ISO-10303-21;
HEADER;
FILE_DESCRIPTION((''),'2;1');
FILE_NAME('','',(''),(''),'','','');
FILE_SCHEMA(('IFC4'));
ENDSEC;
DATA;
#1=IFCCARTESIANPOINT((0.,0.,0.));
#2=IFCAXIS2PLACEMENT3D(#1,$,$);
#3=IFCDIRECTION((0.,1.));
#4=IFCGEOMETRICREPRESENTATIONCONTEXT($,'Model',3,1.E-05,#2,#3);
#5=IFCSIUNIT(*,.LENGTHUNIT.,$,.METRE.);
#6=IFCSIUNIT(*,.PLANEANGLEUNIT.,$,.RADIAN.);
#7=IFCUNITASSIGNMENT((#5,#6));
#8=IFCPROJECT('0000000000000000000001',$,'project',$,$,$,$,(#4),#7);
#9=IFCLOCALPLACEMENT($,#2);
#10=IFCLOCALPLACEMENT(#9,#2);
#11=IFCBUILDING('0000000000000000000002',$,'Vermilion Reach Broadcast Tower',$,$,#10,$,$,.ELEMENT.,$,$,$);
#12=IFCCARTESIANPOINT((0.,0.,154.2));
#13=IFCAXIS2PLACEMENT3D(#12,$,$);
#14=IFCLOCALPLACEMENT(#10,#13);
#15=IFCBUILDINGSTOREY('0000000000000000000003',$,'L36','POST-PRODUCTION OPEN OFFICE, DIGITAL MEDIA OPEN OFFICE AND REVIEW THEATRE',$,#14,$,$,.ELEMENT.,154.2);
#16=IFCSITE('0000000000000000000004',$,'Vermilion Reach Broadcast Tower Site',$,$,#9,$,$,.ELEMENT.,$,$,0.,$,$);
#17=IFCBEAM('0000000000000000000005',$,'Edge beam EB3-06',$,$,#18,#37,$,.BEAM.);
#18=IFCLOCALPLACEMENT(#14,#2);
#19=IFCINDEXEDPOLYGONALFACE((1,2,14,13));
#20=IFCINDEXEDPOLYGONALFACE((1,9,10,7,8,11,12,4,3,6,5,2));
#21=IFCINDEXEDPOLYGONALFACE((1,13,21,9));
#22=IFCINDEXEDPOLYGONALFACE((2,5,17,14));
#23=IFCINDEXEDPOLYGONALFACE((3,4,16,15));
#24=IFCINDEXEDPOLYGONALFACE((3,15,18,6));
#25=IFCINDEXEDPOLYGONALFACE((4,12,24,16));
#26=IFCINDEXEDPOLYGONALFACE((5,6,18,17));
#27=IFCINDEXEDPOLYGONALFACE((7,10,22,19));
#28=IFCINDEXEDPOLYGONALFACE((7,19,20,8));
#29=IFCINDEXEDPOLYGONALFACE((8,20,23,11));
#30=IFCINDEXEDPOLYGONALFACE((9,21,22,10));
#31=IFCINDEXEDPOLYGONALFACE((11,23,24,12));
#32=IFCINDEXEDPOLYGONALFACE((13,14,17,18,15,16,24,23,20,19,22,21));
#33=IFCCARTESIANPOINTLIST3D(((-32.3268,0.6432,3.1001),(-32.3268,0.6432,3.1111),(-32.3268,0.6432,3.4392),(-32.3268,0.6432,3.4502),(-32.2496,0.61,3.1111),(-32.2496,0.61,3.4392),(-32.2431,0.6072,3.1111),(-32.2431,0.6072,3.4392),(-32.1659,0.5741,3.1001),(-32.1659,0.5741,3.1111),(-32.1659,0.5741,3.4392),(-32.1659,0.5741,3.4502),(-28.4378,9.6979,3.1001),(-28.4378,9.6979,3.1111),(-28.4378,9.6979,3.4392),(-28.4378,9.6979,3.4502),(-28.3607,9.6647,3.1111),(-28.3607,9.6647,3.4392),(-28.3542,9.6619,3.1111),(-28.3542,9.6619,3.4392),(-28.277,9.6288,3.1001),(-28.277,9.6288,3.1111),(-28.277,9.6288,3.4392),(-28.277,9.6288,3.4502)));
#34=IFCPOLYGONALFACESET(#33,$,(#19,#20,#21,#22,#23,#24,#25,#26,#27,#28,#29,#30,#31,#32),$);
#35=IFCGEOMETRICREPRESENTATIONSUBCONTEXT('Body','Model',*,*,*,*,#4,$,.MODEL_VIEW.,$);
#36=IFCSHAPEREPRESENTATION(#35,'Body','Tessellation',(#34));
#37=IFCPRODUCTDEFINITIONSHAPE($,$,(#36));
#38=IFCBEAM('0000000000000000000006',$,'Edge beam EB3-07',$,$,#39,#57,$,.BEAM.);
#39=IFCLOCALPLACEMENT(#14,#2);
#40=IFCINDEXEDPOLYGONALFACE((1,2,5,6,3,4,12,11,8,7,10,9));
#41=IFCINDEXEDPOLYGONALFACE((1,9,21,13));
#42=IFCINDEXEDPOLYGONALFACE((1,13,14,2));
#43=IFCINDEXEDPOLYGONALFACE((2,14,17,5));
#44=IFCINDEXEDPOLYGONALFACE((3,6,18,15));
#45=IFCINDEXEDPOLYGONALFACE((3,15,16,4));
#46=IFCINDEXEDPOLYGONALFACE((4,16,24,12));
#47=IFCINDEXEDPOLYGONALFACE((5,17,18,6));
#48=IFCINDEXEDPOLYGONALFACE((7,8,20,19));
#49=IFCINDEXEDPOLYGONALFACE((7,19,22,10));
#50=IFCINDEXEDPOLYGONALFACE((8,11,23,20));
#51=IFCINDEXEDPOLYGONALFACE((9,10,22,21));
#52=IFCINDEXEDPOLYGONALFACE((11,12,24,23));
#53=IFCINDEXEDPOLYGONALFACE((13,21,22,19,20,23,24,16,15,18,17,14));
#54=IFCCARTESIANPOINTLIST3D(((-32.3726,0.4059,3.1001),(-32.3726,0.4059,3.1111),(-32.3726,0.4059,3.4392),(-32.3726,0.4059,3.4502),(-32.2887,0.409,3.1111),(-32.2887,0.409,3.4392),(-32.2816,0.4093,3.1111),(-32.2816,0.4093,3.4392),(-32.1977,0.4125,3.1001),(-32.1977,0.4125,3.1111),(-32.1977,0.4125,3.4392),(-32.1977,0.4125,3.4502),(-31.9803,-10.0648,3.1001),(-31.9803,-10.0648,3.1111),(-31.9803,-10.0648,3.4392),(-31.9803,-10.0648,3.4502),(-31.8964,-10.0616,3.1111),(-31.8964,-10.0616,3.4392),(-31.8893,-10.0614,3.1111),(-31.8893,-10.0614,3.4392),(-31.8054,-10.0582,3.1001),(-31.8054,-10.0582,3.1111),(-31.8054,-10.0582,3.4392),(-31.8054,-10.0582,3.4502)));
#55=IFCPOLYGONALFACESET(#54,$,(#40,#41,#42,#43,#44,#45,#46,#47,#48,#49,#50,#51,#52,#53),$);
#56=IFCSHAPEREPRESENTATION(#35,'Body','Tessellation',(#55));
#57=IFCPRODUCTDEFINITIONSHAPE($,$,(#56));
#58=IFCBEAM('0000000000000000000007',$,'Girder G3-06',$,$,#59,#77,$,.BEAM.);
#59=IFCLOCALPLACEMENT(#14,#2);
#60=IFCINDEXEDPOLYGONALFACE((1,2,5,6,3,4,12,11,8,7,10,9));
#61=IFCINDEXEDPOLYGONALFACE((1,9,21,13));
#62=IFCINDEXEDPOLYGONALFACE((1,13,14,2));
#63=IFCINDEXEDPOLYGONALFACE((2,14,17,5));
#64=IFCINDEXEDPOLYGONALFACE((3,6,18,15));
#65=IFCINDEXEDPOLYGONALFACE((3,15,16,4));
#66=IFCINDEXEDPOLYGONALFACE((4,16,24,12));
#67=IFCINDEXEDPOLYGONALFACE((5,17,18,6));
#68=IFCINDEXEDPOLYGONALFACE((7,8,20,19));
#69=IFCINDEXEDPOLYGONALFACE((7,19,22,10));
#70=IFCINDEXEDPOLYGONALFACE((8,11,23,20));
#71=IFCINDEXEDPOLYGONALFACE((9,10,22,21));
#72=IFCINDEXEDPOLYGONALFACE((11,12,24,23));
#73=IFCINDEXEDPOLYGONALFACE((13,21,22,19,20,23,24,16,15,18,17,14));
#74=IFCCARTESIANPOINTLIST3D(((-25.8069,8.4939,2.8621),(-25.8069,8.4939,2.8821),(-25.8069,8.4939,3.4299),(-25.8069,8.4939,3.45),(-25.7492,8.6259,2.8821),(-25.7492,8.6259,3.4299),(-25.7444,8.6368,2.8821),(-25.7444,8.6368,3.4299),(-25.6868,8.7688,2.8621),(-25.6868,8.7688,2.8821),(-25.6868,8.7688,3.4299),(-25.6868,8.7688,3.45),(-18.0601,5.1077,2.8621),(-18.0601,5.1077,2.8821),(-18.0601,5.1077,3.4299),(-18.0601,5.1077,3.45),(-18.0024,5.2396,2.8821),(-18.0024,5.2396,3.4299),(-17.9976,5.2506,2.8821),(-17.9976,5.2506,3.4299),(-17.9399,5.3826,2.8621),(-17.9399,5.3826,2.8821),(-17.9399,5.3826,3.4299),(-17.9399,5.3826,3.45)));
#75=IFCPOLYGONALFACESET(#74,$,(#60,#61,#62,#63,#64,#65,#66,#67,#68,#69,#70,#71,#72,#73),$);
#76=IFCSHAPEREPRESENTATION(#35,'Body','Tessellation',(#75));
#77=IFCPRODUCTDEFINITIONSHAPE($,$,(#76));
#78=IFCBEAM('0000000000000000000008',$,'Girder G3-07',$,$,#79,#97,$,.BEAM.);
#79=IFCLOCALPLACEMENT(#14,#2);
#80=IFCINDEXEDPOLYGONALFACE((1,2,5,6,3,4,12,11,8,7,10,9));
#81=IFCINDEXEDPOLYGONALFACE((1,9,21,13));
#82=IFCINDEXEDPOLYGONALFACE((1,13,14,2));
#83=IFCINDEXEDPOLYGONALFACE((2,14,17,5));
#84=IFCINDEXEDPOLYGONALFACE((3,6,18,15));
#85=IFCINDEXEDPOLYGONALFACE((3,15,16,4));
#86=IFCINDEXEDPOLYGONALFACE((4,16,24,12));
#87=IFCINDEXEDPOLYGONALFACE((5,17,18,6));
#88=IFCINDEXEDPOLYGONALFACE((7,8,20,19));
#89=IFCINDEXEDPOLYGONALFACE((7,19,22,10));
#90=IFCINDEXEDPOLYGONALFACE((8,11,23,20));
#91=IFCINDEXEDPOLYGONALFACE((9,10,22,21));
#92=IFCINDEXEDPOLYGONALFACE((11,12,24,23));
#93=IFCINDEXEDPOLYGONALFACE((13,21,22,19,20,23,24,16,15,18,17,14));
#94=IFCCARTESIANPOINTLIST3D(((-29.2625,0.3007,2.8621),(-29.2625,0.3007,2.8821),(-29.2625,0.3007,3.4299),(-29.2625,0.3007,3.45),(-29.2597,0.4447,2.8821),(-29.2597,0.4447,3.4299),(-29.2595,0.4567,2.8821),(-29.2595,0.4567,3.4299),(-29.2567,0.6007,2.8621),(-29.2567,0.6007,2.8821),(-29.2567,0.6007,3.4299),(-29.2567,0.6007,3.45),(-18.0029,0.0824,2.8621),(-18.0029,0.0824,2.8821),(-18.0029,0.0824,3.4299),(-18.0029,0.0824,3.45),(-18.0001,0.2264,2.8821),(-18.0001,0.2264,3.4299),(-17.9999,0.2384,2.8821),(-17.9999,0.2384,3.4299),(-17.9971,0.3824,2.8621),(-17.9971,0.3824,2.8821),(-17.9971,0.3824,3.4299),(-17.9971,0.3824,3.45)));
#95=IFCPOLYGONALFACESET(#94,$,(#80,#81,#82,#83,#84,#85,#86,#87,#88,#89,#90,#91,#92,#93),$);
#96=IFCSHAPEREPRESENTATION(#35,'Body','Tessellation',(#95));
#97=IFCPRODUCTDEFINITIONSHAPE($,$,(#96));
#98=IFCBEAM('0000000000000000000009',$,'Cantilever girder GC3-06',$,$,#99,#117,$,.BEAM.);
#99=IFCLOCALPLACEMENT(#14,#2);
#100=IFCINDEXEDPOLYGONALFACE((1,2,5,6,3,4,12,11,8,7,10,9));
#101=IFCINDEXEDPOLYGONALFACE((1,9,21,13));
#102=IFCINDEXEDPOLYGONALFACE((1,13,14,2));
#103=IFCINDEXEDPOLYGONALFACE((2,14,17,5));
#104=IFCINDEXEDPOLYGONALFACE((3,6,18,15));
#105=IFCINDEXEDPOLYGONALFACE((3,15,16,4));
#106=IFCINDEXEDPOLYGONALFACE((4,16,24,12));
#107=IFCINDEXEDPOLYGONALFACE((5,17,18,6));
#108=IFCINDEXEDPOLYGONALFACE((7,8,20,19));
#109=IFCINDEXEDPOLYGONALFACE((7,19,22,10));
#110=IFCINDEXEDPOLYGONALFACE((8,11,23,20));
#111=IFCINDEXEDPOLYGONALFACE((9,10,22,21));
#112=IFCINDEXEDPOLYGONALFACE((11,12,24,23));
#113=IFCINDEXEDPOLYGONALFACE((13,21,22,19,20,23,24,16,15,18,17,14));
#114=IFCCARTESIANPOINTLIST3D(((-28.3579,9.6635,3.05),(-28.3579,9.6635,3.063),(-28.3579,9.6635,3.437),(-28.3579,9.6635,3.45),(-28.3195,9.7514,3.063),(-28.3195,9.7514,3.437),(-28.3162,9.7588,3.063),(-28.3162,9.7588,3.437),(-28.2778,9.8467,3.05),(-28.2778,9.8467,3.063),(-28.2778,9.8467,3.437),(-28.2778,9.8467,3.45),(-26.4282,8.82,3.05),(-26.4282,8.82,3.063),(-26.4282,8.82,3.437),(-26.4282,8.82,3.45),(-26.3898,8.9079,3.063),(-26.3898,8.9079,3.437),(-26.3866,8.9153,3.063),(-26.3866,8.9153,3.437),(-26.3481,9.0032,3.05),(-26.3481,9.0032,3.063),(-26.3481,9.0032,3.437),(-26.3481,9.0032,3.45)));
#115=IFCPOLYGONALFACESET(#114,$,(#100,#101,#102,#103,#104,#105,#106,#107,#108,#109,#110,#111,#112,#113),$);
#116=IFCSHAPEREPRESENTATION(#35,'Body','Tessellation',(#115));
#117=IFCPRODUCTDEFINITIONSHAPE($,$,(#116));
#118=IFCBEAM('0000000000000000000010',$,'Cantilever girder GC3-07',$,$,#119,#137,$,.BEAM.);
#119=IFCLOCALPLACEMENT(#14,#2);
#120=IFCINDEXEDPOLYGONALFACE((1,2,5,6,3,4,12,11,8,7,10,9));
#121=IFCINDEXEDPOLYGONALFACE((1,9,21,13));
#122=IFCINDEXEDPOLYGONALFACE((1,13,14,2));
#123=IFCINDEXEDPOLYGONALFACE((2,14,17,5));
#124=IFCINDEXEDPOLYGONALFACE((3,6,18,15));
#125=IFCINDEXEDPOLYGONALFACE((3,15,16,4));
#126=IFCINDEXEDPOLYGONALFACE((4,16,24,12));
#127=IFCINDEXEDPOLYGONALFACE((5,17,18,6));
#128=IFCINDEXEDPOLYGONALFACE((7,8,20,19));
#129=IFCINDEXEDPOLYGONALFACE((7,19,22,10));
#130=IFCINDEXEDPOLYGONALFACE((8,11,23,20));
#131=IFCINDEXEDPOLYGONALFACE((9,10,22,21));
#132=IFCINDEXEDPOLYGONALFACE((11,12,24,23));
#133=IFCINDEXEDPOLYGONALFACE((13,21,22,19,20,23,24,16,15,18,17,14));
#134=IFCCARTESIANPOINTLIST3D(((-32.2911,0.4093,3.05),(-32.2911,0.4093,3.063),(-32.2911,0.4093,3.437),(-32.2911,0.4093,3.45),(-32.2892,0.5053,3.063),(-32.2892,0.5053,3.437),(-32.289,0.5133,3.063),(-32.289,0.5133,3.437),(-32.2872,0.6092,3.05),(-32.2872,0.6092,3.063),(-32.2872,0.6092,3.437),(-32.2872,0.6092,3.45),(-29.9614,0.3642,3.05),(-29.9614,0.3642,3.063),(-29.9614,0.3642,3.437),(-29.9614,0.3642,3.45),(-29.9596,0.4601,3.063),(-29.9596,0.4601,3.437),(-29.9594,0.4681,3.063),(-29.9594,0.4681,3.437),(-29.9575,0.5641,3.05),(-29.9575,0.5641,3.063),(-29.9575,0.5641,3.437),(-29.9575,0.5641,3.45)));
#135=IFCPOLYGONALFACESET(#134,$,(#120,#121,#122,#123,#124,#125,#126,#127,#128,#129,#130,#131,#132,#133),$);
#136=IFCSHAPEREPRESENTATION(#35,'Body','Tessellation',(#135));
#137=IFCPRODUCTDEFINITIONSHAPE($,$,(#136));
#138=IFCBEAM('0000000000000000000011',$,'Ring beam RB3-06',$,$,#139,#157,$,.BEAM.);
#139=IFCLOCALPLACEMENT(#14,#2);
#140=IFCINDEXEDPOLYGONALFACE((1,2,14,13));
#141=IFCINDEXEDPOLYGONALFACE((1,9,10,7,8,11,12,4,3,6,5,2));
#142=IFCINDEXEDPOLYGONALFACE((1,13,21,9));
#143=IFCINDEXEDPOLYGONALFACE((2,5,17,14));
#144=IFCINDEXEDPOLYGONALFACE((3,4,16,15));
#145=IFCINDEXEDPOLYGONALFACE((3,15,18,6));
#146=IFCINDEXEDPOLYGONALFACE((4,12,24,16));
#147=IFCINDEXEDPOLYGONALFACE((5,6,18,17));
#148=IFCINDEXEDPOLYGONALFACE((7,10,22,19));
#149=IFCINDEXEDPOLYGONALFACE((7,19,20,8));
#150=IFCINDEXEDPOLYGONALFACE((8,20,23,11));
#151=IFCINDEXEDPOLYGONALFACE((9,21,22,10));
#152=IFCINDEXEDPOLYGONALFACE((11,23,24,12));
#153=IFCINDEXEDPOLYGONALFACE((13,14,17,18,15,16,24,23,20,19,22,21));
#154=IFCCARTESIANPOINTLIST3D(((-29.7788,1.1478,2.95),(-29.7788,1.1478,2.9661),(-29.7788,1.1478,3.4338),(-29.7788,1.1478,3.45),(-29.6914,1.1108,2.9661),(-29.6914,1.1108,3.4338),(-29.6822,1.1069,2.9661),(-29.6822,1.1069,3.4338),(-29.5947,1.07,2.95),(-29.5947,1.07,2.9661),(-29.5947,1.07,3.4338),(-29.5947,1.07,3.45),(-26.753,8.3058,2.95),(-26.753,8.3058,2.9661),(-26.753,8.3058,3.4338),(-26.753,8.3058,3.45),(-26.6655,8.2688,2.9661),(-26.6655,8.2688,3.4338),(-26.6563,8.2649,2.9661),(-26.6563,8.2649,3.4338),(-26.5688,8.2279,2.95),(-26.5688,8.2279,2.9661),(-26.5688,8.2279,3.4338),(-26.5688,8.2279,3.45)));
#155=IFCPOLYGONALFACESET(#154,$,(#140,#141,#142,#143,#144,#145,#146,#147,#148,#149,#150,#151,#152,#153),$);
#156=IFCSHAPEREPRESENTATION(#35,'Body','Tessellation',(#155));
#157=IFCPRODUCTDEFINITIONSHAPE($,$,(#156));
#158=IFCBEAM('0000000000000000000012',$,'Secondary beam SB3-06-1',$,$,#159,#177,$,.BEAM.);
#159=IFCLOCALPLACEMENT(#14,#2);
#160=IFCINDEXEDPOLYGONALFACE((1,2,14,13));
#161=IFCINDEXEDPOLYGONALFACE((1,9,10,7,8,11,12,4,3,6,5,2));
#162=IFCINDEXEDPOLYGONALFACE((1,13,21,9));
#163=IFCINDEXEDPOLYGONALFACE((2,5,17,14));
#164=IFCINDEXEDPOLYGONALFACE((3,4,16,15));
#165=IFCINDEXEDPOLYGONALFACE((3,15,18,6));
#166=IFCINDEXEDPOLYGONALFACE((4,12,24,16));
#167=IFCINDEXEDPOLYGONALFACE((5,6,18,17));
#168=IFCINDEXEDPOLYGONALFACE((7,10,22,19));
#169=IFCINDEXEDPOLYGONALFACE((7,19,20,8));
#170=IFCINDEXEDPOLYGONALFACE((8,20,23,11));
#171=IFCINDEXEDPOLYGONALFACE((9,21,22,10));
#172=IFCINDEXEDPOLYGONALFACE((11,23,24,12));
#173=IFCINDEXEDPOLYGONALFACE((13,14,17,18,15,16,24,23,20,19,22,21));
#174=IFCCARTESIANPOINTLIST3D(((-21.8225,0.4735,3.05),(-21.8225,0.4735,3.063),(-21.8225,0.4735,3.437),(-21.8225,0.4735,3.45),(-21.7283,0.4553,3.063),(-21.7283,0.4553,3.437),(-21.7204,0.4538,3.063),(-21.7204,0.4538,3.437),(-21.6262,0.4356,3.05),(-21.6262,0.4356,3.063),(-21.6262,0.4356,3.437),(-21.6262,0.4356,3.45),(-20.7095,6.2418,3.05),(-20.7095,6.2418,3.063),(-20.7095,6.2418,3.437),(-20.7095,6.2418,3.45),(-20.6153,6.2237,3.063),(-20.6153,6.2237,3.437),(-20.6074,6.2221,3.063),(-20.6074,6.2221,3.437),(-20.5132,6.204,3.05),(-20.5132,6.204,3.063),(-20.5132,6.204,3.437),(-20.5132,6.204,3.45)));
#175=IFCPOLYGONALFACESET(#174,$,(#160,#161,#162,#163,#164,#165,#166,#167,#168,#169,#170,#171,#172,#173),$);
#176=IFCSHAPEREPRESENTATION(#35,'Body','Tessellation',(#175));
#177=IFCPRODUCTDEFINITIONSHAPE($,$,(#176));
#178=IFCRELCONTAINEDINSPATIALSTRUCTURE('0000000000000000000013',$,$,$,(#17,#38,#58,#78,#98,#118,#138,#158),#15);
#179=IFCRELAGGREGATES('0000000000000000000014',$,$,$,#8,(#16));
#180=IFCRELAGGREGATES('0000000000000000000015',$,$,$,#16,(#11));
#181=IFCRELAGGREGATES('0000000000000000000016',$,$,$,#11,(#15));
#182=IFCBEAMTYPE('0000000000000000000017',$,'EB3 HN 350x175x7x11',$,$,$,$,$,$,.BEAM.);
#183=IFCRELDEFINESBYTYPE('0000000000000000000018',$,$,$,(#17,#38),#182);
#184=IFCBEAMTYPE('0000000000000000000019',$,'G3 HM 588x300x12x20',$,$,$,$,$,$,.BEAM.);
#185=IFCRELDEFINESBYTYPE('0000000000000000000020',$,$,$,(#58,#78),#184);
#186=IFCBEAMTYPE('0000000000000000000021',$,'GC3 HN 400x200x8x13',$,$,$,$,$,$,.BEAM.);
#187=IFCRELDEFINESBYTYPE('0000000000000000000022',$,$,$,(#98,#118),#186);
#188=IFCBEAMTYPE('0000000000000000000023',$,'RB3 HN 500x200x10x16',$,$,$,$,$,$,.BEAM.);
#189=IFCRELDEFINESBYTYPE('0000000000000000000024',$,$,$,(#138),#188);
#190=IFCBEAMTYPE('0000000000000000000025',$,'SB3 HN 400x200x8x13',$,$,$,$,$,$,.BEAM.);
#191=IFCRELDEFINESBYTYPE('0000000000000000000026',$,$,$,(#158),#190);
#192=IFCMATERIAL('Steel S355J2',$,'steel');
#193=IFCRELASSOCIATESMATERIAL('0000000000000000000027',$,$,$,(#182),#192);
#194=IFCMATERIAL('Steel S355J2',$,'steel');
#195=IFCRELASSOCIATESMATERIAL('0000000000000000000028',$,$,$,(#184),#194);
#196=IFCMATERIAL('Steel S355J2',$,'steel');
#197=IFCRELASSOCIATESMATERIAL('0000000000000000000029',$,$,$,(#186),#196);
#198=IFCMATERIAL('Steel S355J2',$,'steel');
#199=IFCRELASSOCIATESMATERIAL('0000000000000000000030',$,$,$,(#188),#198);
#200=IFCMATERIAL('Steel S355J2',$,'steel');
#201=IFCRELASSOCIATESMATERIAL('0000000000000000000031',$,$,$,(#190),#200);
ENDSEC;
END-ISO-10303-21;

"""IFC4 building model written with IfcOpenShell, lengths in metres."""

from ifc_helpers import new_model, si_unit, direction, frame, origin, origin_2d, place, context, subcontext, project, spatial, i_section, extrude, material, material_profile, profile_set, type_object, element, save


model = new_model("IFC4")

# Units and contexts
model_context = context("Model", 3, precision=1e-05, world=origin(), true_north=direction((0.0, 1.0)))
body_context = subcontext(model_context, "Body", "Model", "MODEL_VIEW")
ifc_project = project(units=[si_unit("LENGTHUNIT", "METRE"), si_unit("PLANEANGLEUNIT", "RADIAN")], contexts=[model_context])

# Site, building, storey
site_placement = place(None, origin())
site = spatial("IfcSite", under=ifc_project, at=site_placement, Name="Vermilion Reach Broadcast Tower Site", CompositionType="ELEMENT", RefElevation=0.0)
building_placement = place(site_placement, origin())
building = spatial("IfcBuilding", under=site, at=building_placement, Name="Vermilion Reach Broadcast Tower", CompositionType="ELEMENT")
storey_placement = place(building_placement, frame((0.0, 0.0, 154.2)))
storey = spatial("IfcBuildingStorey", under=building, at=storey_placement, Name="L36", Description="POST-PRODUCTION OPEN OFFICE, DIGITAL MEDIA OPEN OFFICE AND REVIEW THEATRE", CompositionType="ELEMENT", Elevation=154.2)

# Beams
ifc_material_1 = material(Name="Steel S355J2", Category="steel")
ifc_material_profile_1 = material_profile(ifc_material_1, i_section(OverallWidth=0.175, OverallDepth=0.3501, WebThickness=0.0071, FlangeThickness=0.011, at=origin_2d()), Name="S355J2 HN 350x175x7x11")
ifc_profile_set_1 = profile_set([ifc_material_profile_1], Name="Steel S355J2")
beam_type_1 = type_object("IfcBeamType", Name="EB3 HN 350x175x7x11", PredefinedType="BEAM", material=ifc_profile_set_1)
beam_1_placement = place(storey_placement, frame((-28.3574, 9.6633, 3.2751), z_axis=(-0.394634, -0.918838, 0.0), x_axis=(0.918838, -0.394634, 0.0)))
element("IfcBeam", 1, at=beam_1_placement, inside=storey, type_object=beam_type_1, Name="Edge beam EB3-06", PredefinedType="BEAM", context=body_context, shape_type="SweptSolid", body=[
    extrude(i_section(OverallWidth=0.175, OverallDepth=0.3501, WebThickness=0.0071, FlangeThickness=0.011, at=origin_2d()), origin(), (0.0, 0.0, 1.0), 9.8545),
])
beam_2_placement = place(storey_placement, frame((-32.2852, 0.4092, 3.2751), z_axis=(0.037443, -0.999299, 0.0), x_axis=(0.999299, 0.037443, 0.0)))
element("IfcBeam", 2, at=beam_2_placement, inside=storey, type_object=beam_type_1, Name="Edge beam EB3-07", PredefinedType="BEAM", context=body_context, shape_type="SweptSolid", body=[
    extrude(i_section(OverallWidth=0.175, OverallDepth=0.3501, WebThickness=0.0071, FlangeThickness=0.011, at=origin_2d()), origin(), (0.0, 0.0, 1.0), 10.478),
])
ifc_material_2 = material(Name="Steel S355J2", Category="steel")
ifc_material_profile_2 = material_profile(ifc_material_2, i_section(OverallWidth=0.3, OverallDepth=0.5879, WebThickness=0.012, FlangeThickness=0.02, at=origin_2d()), Name="S355J2 HM 588x300x12x20")
ifc_profile_set_2 = profile_set([ifc_material_profile_2], Name="Steel S355J2")
beam_type_2 = type_object("IfcBeamType", Name="G3 HM 588x300x12x20", PredefinedType="BEAM", material=ifc_profile_set_2)
beam_3_placement = place(storey_placement, frame((-18.0, 5.2451, 3.156), z_axis=(-0.916288, 0.40052, 0.0), x_axis=(-0.40052, -0.916288, 0.0)))
element("IfcBeam", 3, at=beam_3_placement, inside=storey, type_object=beam_type_2, Name="Girder G3-06", PredefinedType="BEAM", context=body_context, shape_type="SweptSolid", body=[
    extrude(i_section(OverallWidth=0.3, OverallDepth=0.5879, WebThickness=0.012, FlangeThickness=0.02, at=origin_2d()), origin(), (0.0, 0.0, 1.0), 8.4546),
])
beam_4_placement = place(storey_placement, frame((-18.0, 0.2324, 3.156), z_axis=(-0.999812, 0.019381, 0.0), x_axis=(-0.019381, -0.999812, 0.0)))
element("IfcBeam", 4, at=beam_4_placement, inside=storey, type_object=beam_type_2, Name="Girder G3-07", PredefinedType="BEAM", context=body_context, shape_type="SweptSolid", body=[
    extrude(i_section(OverallWidth=0.3, OverallDepth=0.5879, WebThickness=0.012, FlangeThickness=0.02, at=origin_2d()), origin(), (0.0, 0.0, 1.0), 11.2617),
])
ifc_material_3 = material(Name="Steel S355J2", Category="steel")
ifc_material_profile_3 = material_profile(ifc_material_3, i_section(OverallWidth=0.2, OverallDepth=0.3999, WebThickness=0.0081, FlangeThickness=0.0129, at=origin_2d()), Name="S355J2 HN 400x200x8x13")
ifc_profile_set_3 = profile_set([ifc_material_profile_3], Name="Steel S355J2")
beam_type_3 = type_object("IfcBeamType", Name="GC3 HN 400x200x8x13", PredefinedType="BEAM", material=ifc_profile_set_3)
beam_5_placement = place(storey_placement, frame((-26.3882, 8.9116, 3.25), z_axis=(-0.916285, 0.400527, 0.0), x_axis=(-0.400527, -0.916285, 0.0)))
element("IfcBeam", 5, at=beam_5_placement, inside=storey, type_object=beam_type_3, Name="Cantilever girder GC3-06", PredefinedType="BEAM", context=body_context, shape_type="SweptSolid", body=[
    extrude(i_section(OverallWidth=0.2, OverallDepth=0.3999, WebThickness=0.0081, FlangeThickness=0.0129, at=origin_2d()), origin(), (0.0, 0.0, 1.0), 2.106),
])
beam_6_placement = place(storey_placement, frame((-29.9595, 0.4641, 3.25), z_axis=(-0.999812, 0.019384, 0.0), x_axis=(-0.019384, -0.999812, 0.0)))
element("IfcBeam", 6, at=beam_6_placement, inside=storey, type_object=beam_type_3, Name="Cantilever girder GC3-07", PredefinedType="BEAM", context=body_context, shape_type="SweptSolid", body=[
    extrude(i_section(OverallWidth=0.2, OverallDepth=0.3999, WebThickness=0.0081, FlangeThickness=0.0129, at=origin_2d()), origin(), (0.0, 0.0, 1.0), 2.3301),
])
ifc_material_4 = material(Name="Steel S355J2", Category="steel")
ifc_material_profile_4 = material_profile(ifc_material_4, i_section(OverallWidth=0.2, OverallDepth=0.5, WebThickness=0.01, FlangeThickness=0.0161, at=origin_2d()), Name="S355J2 HN 500x200x10x16")
ifc_profile_set_4 = profile_set([ifc_material_profile_4], Name="Steel S355J2")
beam_type_4 = type_object("IfcBeamType", Name="RB3 HN 500x200x10x16", PredefinedType="BEAM", material=ifc_profile_set_4)
beam_7_placement = place(storey_placement, frame((-26.6609, 8.2668, 3.2), z_axis=(-0.389368, -0.921082, 0.0), x_axis=(0.921082, -0.389368, 0.0)))
element("IfcBeam", 7, at=beam_7_placement, inside=storey, type_object=beam_type_4, Name="Ring beam RB3-06", PredefinedType="BEAM", context=body_context, shape_type="SweptSolid", body=[
    extrude(i_section(OverallWidth=0.2, OverallDepth=0.5, WebThickness=0.01, FlangeThickness=0.0161, at=origin_2d()), origin(), (0.0, 0.0, 1.0), 7.7712),
])
ifc_material_5 = material(Name="Steel S355J2", Category="steel")
ifc_material_profile_5 = material_profile(ifc_material_5, i_section(OverallWidth=0.2, OverallDepth=0.3999, WebThickness=0.0081, FlangeThickness=0.0129, at=origin_2d()), Name="S355J2 HN 400x200x8x13")
ifc_profile_set_5 = profile_set([ifc_material_profile_5], Name="Steel S355J2")
beam_type_5 = type_object("IfcBeamType", Name="SB3 HN 400x200x8x13", PredefinedType="BEAM", material=ifc_profile_set_5)
beam_8_placement = place(storey_placement, frame((-20.6113, 6.2229, 3.25), z_axis=(-0.189462, -0.981888, 0.0), x_axis=(0.981888, -0.189462, 0.0)))
element("IfcBeam", 8, at=beam_8_placement, inside=storey, type_object=beam_type_5, Name="Secondary beam SB3-06-1", PredefinedType="BEAM", context=body_context, shape_type="SweptSolid", body=[
    extrude(i_section(OverallWidth=0.2, OverallDepth=0.3999, WebThickness=0.0081, FlangeThickness=0.0129, at=origin_2d()), origin(), (0.0, 0.0, 1.0), 5.8748),
])

save(model, "model.ifc")
